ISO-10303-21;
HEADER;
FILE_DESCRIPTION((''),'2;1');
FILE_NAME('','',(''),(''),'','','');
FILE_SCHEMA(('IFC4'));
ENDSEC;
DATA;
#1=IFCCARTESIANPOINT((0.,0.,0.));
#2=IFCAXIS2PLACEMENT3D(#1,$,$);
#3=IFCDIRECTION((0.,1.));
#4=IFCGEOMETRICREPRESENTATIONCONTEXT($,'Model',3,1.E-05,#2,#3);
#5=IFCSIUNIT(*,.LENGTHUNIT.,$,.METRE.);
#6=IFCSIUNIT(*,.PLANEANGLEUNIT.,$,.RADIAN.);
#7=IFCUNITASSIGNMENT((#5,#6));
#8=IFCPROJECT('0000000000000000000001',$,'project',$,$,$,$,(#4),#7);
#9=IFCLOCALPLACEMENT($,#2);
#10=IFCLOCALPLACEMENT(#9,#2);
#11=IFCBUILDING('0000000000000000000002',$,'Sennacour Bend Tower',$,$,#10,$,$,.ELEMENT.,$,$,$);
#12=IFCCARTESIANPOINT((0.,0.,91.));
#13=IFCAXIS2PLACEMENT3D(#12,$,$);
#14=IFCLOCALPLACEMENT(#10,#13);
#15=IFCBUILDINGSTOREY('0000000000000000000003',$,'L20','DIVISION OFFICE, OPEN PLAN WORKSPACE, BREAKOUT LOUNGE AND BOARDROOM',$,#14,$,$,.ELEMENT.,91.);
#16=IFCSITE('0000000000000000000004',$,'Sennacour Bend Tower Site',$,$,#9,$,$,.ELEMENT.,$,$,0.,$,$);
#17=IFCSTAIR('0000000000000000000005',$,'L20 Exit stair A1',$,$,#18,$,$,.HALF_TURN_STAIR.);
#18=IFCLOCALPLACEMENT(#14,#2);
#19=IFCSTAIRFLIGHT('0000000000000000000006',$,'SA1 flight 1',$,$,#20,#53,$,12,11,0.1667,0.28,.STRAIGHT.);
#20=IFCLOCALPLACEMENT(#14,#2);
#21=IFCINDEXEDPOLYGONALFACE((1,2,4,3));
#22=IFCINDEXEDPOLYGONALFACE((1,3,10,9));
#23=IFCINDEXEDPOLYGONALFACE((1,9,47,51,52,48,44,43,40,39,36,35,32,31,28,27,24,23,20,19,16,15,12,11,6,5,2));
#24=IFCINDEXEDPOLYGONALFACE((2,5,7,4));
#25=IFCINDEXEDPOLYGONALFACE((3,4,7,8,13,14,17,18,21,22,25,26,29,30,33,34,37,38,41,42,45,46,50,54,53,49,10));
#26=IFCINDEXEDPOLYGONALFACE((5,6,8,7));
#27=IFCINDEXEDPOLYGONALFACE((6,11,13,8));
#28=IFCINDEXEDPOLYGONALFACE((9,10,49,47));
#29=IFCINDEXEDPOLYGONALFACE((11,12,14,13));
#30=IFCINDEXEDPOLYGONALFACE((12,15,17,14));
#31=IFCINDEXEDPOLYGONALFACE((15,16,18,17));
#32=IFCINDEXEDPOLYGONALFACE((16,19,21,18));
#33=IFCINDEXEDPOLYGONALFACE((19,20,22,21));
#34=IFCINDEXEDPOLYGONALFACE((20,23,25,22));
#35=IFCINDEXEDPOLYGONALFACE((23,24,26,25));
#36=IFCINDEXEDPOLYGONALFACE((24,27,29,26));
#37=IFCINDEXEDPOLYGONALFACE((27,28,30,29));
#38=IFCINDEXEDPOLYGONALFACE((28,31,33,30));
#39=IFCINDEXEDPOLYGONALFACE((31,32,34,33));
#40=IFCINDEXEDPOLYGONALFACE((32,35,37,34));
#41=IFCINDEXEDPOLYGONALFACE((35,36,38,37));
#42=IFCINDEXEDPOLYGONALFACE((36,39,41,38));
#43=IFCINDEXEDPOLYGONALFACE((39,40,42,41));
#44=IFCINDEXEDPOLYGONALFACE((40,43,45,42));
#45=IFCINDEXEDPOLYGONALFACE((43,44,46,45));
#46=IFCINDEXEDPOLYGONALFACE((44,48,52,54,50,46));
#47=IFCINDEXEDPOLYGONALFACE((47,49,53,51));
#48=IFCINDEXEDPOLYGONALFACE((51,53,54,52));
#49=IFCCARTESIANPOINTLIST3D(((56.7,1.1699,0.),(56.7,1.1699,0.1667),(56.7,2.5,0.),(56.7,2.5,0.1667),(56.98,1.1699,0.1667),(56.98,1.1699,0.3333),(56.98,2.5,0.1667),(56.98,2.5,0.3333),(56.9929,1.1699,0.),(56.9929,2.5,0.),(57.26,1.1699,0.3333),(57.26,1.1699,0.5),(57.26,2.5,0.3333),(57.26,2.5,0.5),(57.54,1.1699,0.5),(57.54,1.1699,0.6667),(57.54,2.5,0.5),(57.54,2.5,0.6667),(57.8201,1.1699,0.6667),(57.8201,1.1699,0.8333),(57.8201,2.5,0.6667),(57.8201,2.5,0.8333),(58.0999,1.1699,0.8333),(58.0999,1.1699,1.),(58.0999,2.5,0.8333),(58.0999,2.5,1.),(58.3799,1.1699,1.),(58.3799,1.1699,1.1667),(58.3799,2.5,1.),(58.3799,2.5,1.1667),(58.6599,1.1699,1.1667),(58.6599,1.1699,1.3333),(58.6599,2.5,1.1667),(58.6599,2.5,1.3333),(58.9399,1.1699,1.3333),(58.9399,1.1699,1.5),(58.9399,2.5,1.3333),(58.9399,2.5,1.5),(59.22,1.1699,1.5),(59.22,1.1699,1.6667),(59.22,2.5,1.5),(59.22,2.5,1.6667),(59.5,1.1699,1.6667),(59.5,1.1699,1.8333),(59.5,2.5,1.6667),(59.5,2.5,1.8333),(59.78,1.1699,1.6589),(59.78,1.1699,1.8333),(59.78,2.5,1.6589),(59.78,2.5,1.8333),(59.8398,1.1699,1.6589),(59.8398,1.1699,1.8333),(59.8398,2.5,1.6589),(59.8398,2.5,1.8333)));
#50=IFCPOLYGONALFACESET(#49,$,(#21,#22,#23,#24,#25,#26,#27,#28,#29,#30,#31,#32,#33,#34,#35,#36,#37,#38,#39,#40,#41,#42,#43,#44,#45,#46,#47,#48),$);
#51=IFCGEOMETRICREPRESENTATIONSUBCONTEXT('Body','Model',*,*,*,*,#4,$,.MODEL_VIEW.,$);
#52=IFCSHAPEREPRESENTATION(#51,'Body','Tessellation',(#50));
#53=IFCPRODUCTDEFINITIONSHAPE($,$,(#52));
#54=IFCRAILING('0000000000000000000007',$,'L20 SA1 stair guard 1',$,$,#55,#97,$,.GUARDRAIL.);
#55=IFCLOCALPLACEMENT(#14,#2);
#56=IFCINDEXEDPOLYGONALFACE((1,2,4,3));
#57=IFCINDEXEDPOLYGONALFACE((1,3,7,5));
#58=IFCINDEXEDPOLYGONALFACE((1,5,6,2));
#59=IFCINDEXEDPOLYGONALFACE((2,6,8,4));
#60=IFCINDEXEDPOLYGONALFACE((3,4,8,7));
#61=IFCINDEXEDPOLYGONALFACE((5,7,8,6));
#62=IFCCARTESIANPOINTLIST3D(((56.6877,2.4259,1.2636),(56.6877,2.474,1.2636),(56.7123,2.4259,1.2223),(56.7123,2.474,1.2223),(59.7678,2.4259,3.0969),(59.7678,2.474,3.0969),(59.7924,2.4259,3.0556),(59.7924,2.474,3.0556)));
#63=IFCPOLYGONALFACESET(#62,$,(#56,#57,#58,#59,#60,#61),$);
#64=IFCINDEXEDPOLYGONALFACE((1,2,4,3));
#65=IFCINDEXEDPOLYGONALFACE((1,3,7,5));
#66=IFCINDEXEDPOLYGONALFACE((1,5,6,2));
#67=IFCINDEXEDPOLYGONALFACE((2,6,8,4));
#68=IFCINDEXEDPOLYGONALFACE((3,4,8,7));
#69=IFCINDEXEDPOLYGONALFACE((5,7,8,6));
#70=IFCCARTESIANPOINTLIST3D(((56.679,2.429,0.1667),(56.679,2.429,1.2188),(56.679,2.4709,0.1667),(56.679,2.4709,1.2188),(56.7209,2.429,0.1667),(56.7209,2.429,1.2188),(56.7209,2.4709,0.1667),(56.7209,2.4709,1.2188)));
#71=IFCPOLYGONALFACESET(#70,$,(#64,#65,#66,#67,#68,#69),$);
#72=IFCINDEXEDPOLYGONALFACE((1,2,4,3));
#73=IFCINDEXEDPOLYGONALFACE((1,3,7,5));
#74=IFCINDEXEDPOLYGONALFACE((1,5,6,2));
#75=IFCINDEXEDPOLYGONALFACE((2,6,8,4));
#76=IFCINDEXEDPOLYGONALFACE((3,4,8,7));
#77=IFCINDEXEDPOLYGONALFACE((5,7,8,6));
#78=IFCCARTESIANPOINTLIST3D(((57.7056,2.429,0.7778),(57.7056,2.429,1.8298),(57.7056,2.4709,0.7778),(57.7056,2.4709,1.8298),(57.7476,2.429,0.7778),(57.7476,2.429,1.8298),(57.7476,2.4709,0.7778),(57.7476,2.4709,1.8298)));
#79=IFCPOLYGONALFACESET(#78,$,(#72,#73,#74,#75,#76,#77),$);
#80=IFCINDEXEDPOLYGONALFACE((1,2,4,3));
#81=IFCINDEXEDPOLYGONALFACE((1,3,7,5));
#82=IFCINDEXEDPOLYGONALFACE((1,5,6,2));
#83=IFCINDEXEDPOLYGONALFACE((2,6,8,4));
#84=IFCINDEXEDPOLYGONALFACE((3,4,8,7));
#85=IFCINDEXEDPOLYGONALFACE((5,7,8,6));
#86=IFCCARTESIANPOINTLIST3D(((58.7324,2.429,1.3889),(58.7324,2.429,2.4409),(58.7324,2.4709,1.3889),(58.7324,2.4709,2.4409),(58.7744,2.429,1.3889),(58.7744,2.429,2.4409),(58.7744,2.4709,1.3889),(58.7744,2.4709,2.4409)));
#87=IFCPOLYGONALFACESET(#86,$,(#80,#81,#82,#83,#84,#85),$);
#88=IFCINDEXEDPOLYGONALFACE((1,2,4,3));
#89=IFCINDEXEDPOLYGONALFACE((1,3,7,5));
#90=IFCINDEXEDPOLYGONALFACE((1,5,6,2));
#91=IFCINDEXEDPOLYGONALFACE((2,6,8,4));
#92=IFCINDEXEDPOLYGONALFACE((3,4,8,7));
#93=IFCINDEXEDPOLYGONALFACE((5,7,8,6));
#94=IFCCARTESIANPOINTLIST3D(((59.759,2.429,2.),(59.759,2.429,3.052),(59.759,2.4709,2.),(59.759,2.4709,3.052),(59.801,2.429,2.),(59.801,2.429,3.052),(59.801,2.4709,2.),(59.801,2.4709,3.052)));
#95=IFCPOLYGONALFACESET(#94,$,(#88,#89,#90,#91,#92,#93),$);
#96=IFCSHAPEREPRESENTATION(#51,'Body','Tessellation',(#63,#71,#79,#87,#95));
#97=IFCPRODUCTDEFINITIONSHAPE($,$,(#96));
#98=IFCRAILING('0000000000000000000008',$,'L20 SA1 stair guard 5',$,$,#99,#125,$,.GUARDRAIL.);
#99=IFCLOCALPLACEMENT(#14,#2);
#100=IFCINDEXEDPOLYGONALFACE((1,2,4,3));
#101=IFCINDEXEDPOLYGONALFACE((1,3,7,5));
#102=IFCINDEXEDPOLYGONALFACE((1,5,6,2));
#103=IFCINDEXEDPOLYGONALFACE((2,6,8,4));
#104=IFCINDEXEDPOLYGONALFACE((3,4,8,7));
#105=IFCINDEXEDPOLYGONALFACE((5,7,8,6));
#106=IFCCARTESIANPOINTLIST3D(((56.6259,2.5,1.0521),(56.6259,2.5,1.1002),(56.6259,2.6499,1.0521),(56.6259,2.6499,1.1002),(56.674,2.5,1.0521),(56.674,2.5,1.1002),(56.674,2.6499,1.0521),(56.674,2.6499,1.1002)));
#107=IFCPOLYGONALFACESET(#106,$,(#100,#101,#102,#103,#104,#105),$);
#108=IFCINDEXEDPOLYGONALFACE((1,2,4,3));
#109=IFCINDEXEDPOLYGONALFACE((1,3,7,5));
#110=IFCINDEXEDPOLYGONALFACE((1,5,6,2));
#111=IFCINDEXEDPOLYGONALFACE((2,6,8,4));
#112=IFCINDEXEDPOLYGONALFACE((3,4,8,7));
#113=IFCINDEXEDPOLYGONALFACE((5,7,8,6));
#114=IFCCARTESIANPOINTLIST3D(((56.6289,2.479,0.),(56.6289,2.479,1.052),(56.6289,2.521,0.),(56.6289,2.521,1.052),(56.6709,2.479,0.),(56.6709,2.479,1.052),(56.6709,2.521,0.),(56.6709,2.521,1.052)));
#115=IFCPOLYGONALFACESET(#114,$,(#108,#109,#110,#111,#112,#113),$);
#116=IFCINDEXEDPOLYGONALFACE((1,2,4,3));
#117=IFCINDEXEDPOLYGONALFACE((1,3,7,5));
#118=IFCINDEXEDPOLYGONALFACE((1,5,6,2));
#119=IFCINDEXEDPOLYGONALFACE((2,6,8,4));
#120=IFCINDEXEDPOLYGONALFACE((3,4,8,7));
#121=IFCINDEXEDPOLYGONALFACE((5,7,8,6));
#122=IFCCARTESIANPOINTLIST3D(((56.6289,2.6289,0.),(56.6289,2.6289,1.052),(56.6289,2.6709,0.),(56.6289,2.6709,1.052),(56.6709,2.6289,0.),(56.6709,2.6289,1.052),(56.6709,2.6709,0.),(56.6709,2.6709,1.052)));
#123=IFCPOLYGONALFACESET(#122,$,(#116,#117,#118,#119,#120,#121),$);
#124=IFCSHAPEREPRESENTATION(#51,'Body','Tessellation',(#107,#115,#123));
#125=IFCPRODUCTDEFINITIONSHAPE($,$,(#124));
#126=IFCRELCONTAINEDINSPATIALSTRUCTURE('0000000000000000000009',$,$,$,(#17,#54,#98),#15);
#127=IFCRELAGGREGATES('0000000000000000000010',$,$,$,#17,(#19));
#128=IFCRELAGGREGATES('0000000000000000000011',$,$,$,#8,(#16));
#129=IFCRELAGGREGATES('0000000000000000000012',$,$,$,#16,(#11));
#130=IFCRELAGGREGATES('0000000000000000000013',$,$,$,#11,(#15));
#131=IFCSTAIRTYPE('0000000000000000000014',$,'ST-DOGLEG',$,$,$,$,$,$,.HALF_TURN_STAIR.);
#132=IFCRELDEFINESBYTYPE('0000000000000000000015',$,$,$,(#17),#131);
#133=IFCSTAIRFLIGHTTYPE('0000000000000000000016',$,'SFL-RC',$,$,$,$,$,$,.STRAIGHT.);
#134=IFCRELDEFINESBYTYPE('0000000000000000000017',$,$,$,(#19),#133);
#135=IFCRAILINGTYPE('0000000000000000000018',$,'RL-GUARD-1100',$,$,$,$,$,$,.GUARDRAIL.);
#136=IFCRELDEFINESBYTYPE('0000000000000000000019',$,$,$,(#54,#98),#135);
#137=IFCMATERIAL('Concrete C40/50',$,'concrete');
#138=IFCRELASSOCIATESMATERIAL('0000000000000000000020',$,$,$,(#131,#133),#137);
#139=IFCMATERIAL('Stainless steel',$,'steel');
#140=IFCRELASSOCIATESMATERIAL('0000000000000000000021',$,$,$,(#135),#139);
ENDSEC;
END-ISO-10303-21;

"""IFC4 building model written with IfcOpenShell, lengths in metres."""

from ifc_helpers import new_model, si_unit, direction, frame, origin, origin_2d, place, context, subcontext, project, spatial, polyline, rectangle, outline, extrude, material, type_object, element, aggregate, save


model = new_model("IFC4")

# Units and contexts
model_context = context("Model", 3, precision=1e-05, world=origin(), true_north=direction((0.0, 1.0)))
body_context = subcontext(model_context, "Body", "Model", "MODEL_VIEW")
ifc_project = project(units=[si_unit("LENGTHUNIT", "METRE"), si_unit("PLANEANGLEUNIT", "RADIAN")], contexts=[model_context])

# Site, building, storey
site_placement = place(None, origin())
site = spatial("IfcSite", under=ifc_project, at=site_placement, Name="Sennacour Bend Tower Site", CompositionType="ELEMENT", RefElevation=0.0)
building_placement = place(site_placement, origin())
building = spatial("IfcBuilding", under=site, at=building_placement, Name="Sennacour Bend Tower", CompositionType="ELEMENT")
storey_placement = place(building_placement, frame((0.0, 0.0, 91.0)))
storey = spatial("IfcBuildingStorey", under=building, at=storey_placement, Name="L20", Description="DIVISION OFFICE, OPEN PLAN WORKSPACE, BREAKOUT LOUNGE AND BOARDROOM", CompositionType="ELEMENT", Elevation=91.0)

# Stair, stair flight
ifc_material_1 = material(Name="Concrete C40/50", Category="concrete")
stair_type = type_object("IfcStairType", Name="ST-DOGLEG", PredefinedType="HALF_TURN_STAIR", material=ifc_material_1)
stair_placement = place(storey_placement, origin())
stair = element("IfcStair", 1, at=stair_placement, inside=storey, type_object=stair_type, Name="L20 Exit stair A1", PredefinedType="HALF_TURN_STAIR")
stair_flight_type = type_object("IfcStairFlightType", Name="SFL-RC", PredefinedType="STRAIGHT", material=ifc_material_1)
stair_flight_placement = place(storey_placement, frame((56.7, 1.835, 0.0), z_axis=(0.0, 0.0, 1.0), x_axis=(1.0, 0.0, 0.0)))
stair_flight = element("IfcStairFlight", 2, at=stair_flight_placement, type_object=stair_flight_type, Name="SA1 flight 1", NumberOfRisers=12, NumberOfTreads=11, PredefinedType="STRAIGHT", RiserHeight=0.1667, TreadLength=0.28, context=body_context, shape_type="SweptSolid", body=[
    extrude(outline(polyline([(0.0, 0.0), (0.0, 0.1667), (0.28, 0.1667), (0.28, 0.3333), (0.5601, 0.3333), (0.5601, 0.5), (0.8401, 0.5), (0.8401, 0.6667), (1.1201, 0.6667), (1.1201, 0.8333), (1.3999, 0.8333), (1.3999, 1.0), (1.6799, 1.0), (1.6799, 1.1667), (1.96, 1.1667), (1.96, 1.3333), (2.24, 1.3333), (2.24, 1.5), (2.52, 1.5), (2.52, 1.6667), (2.8, 1.6667), (2.8, 1.8333), (3.0801, 1.8333), (3.1399, 1.8333), (3.1399, 1.6589), (3.0801, 1.6589), (0.293, 0.0), (0.0, 0.0)])), frame((0.0, 0.665, 0.0), z_axis=(0.0, -1.0, 0.0), x_axis=(1.0, 0.0, 0.0)), (0.0, 0.0, 1.0), 1.3301),
])
aggregate(stair, [stair_flight])

# Railings
ifc_material_2 = material(Name="Stainless steel", Category="steel")
railing_type = type_object("IfcRailingType", Name="RL-GUARD-1100", PredefinedType="GUARDRAIL", material=ifc_material_2)
railing_1_placement = place(storey_placement, frame((56.7, 2.45, 0.1667)))
element("IfcRailing", 3, at=railing_1_placement, inside=storey, type_object=railing_type, Name="L20 SA1 stair guard 1", PredefinedType="GUARDRAIL", context=body_context, shape_type="SweptSolid", body=[
    extrude(rectangle(XDim=0.0481, YDim=0.0481, at=origin_2d()), frame((0.0, 0.0, 1.0762), z_axis=(0.859309, 0.0, 0.511458), x_axis=(0.0, 1.0, 0.0)), (0.0, 0.0, 1.0), 3.5845),
    extrude(rectangle(XDim=0.042, YDim=0.042, at=origin_2d()), origin(), (0.0, 0.0, 1.0), 1.052),
    extrude(rectangle(XDim=0.042, YDim=0.042, at=origin_2d()), frame((1.0266, 0.0, 0.6111)), (0.0, 0.0, 1.0), 1.052),
    extrude(rectangle(XDim=0.042, YDim=0.042, at=origin_2d()), frame((2.0535, 0.0, 1.2222)), (0.0, 0.0, 1.0), 1.052),
    extrude(rectangle(XDim=0.042, YDim=0.042, at=origin_2d()), frame((3.0801, 0.0, 1.8333)), (0.0, 0.0, 1.0), 1.052),
])
railing_2_placement = place(storey_placement, frame((56.6499, 2.5, 0.0)))
element("IfcRailing", 4, at=railing_2_placement, inside=storey, type_object=railing_type, Name="L20 SA1 stair guard 5", PredefinedType="GUARDRAIL", context=body_context, shape_type="SweptSolid", body=[
    extrude(rectangle(XDim=0.0481, YDim=0.0481, at=origin_2d()), frame((0.0, 0.0, 1.0762), z_axis=(0.0, 1.0, 0.0), x_axis=(-1.0, 0.0, 0.0)), (0.0, 0.0, 1.0), 0.1499),
    extrude(rectangle(XDim=0.042, YDim=0.042, at=origin_2d()), origin(), (0.0, 0.0, 1.0), 1.052),
    extrude(rectangle(XDim=0.042, YDim=0.042, at=origin_2d()), frame((0.0, 0.1499, 0.0)), (0.0, 0.0, 1.0), 1.052),
])

save(model, "model.ifc")
